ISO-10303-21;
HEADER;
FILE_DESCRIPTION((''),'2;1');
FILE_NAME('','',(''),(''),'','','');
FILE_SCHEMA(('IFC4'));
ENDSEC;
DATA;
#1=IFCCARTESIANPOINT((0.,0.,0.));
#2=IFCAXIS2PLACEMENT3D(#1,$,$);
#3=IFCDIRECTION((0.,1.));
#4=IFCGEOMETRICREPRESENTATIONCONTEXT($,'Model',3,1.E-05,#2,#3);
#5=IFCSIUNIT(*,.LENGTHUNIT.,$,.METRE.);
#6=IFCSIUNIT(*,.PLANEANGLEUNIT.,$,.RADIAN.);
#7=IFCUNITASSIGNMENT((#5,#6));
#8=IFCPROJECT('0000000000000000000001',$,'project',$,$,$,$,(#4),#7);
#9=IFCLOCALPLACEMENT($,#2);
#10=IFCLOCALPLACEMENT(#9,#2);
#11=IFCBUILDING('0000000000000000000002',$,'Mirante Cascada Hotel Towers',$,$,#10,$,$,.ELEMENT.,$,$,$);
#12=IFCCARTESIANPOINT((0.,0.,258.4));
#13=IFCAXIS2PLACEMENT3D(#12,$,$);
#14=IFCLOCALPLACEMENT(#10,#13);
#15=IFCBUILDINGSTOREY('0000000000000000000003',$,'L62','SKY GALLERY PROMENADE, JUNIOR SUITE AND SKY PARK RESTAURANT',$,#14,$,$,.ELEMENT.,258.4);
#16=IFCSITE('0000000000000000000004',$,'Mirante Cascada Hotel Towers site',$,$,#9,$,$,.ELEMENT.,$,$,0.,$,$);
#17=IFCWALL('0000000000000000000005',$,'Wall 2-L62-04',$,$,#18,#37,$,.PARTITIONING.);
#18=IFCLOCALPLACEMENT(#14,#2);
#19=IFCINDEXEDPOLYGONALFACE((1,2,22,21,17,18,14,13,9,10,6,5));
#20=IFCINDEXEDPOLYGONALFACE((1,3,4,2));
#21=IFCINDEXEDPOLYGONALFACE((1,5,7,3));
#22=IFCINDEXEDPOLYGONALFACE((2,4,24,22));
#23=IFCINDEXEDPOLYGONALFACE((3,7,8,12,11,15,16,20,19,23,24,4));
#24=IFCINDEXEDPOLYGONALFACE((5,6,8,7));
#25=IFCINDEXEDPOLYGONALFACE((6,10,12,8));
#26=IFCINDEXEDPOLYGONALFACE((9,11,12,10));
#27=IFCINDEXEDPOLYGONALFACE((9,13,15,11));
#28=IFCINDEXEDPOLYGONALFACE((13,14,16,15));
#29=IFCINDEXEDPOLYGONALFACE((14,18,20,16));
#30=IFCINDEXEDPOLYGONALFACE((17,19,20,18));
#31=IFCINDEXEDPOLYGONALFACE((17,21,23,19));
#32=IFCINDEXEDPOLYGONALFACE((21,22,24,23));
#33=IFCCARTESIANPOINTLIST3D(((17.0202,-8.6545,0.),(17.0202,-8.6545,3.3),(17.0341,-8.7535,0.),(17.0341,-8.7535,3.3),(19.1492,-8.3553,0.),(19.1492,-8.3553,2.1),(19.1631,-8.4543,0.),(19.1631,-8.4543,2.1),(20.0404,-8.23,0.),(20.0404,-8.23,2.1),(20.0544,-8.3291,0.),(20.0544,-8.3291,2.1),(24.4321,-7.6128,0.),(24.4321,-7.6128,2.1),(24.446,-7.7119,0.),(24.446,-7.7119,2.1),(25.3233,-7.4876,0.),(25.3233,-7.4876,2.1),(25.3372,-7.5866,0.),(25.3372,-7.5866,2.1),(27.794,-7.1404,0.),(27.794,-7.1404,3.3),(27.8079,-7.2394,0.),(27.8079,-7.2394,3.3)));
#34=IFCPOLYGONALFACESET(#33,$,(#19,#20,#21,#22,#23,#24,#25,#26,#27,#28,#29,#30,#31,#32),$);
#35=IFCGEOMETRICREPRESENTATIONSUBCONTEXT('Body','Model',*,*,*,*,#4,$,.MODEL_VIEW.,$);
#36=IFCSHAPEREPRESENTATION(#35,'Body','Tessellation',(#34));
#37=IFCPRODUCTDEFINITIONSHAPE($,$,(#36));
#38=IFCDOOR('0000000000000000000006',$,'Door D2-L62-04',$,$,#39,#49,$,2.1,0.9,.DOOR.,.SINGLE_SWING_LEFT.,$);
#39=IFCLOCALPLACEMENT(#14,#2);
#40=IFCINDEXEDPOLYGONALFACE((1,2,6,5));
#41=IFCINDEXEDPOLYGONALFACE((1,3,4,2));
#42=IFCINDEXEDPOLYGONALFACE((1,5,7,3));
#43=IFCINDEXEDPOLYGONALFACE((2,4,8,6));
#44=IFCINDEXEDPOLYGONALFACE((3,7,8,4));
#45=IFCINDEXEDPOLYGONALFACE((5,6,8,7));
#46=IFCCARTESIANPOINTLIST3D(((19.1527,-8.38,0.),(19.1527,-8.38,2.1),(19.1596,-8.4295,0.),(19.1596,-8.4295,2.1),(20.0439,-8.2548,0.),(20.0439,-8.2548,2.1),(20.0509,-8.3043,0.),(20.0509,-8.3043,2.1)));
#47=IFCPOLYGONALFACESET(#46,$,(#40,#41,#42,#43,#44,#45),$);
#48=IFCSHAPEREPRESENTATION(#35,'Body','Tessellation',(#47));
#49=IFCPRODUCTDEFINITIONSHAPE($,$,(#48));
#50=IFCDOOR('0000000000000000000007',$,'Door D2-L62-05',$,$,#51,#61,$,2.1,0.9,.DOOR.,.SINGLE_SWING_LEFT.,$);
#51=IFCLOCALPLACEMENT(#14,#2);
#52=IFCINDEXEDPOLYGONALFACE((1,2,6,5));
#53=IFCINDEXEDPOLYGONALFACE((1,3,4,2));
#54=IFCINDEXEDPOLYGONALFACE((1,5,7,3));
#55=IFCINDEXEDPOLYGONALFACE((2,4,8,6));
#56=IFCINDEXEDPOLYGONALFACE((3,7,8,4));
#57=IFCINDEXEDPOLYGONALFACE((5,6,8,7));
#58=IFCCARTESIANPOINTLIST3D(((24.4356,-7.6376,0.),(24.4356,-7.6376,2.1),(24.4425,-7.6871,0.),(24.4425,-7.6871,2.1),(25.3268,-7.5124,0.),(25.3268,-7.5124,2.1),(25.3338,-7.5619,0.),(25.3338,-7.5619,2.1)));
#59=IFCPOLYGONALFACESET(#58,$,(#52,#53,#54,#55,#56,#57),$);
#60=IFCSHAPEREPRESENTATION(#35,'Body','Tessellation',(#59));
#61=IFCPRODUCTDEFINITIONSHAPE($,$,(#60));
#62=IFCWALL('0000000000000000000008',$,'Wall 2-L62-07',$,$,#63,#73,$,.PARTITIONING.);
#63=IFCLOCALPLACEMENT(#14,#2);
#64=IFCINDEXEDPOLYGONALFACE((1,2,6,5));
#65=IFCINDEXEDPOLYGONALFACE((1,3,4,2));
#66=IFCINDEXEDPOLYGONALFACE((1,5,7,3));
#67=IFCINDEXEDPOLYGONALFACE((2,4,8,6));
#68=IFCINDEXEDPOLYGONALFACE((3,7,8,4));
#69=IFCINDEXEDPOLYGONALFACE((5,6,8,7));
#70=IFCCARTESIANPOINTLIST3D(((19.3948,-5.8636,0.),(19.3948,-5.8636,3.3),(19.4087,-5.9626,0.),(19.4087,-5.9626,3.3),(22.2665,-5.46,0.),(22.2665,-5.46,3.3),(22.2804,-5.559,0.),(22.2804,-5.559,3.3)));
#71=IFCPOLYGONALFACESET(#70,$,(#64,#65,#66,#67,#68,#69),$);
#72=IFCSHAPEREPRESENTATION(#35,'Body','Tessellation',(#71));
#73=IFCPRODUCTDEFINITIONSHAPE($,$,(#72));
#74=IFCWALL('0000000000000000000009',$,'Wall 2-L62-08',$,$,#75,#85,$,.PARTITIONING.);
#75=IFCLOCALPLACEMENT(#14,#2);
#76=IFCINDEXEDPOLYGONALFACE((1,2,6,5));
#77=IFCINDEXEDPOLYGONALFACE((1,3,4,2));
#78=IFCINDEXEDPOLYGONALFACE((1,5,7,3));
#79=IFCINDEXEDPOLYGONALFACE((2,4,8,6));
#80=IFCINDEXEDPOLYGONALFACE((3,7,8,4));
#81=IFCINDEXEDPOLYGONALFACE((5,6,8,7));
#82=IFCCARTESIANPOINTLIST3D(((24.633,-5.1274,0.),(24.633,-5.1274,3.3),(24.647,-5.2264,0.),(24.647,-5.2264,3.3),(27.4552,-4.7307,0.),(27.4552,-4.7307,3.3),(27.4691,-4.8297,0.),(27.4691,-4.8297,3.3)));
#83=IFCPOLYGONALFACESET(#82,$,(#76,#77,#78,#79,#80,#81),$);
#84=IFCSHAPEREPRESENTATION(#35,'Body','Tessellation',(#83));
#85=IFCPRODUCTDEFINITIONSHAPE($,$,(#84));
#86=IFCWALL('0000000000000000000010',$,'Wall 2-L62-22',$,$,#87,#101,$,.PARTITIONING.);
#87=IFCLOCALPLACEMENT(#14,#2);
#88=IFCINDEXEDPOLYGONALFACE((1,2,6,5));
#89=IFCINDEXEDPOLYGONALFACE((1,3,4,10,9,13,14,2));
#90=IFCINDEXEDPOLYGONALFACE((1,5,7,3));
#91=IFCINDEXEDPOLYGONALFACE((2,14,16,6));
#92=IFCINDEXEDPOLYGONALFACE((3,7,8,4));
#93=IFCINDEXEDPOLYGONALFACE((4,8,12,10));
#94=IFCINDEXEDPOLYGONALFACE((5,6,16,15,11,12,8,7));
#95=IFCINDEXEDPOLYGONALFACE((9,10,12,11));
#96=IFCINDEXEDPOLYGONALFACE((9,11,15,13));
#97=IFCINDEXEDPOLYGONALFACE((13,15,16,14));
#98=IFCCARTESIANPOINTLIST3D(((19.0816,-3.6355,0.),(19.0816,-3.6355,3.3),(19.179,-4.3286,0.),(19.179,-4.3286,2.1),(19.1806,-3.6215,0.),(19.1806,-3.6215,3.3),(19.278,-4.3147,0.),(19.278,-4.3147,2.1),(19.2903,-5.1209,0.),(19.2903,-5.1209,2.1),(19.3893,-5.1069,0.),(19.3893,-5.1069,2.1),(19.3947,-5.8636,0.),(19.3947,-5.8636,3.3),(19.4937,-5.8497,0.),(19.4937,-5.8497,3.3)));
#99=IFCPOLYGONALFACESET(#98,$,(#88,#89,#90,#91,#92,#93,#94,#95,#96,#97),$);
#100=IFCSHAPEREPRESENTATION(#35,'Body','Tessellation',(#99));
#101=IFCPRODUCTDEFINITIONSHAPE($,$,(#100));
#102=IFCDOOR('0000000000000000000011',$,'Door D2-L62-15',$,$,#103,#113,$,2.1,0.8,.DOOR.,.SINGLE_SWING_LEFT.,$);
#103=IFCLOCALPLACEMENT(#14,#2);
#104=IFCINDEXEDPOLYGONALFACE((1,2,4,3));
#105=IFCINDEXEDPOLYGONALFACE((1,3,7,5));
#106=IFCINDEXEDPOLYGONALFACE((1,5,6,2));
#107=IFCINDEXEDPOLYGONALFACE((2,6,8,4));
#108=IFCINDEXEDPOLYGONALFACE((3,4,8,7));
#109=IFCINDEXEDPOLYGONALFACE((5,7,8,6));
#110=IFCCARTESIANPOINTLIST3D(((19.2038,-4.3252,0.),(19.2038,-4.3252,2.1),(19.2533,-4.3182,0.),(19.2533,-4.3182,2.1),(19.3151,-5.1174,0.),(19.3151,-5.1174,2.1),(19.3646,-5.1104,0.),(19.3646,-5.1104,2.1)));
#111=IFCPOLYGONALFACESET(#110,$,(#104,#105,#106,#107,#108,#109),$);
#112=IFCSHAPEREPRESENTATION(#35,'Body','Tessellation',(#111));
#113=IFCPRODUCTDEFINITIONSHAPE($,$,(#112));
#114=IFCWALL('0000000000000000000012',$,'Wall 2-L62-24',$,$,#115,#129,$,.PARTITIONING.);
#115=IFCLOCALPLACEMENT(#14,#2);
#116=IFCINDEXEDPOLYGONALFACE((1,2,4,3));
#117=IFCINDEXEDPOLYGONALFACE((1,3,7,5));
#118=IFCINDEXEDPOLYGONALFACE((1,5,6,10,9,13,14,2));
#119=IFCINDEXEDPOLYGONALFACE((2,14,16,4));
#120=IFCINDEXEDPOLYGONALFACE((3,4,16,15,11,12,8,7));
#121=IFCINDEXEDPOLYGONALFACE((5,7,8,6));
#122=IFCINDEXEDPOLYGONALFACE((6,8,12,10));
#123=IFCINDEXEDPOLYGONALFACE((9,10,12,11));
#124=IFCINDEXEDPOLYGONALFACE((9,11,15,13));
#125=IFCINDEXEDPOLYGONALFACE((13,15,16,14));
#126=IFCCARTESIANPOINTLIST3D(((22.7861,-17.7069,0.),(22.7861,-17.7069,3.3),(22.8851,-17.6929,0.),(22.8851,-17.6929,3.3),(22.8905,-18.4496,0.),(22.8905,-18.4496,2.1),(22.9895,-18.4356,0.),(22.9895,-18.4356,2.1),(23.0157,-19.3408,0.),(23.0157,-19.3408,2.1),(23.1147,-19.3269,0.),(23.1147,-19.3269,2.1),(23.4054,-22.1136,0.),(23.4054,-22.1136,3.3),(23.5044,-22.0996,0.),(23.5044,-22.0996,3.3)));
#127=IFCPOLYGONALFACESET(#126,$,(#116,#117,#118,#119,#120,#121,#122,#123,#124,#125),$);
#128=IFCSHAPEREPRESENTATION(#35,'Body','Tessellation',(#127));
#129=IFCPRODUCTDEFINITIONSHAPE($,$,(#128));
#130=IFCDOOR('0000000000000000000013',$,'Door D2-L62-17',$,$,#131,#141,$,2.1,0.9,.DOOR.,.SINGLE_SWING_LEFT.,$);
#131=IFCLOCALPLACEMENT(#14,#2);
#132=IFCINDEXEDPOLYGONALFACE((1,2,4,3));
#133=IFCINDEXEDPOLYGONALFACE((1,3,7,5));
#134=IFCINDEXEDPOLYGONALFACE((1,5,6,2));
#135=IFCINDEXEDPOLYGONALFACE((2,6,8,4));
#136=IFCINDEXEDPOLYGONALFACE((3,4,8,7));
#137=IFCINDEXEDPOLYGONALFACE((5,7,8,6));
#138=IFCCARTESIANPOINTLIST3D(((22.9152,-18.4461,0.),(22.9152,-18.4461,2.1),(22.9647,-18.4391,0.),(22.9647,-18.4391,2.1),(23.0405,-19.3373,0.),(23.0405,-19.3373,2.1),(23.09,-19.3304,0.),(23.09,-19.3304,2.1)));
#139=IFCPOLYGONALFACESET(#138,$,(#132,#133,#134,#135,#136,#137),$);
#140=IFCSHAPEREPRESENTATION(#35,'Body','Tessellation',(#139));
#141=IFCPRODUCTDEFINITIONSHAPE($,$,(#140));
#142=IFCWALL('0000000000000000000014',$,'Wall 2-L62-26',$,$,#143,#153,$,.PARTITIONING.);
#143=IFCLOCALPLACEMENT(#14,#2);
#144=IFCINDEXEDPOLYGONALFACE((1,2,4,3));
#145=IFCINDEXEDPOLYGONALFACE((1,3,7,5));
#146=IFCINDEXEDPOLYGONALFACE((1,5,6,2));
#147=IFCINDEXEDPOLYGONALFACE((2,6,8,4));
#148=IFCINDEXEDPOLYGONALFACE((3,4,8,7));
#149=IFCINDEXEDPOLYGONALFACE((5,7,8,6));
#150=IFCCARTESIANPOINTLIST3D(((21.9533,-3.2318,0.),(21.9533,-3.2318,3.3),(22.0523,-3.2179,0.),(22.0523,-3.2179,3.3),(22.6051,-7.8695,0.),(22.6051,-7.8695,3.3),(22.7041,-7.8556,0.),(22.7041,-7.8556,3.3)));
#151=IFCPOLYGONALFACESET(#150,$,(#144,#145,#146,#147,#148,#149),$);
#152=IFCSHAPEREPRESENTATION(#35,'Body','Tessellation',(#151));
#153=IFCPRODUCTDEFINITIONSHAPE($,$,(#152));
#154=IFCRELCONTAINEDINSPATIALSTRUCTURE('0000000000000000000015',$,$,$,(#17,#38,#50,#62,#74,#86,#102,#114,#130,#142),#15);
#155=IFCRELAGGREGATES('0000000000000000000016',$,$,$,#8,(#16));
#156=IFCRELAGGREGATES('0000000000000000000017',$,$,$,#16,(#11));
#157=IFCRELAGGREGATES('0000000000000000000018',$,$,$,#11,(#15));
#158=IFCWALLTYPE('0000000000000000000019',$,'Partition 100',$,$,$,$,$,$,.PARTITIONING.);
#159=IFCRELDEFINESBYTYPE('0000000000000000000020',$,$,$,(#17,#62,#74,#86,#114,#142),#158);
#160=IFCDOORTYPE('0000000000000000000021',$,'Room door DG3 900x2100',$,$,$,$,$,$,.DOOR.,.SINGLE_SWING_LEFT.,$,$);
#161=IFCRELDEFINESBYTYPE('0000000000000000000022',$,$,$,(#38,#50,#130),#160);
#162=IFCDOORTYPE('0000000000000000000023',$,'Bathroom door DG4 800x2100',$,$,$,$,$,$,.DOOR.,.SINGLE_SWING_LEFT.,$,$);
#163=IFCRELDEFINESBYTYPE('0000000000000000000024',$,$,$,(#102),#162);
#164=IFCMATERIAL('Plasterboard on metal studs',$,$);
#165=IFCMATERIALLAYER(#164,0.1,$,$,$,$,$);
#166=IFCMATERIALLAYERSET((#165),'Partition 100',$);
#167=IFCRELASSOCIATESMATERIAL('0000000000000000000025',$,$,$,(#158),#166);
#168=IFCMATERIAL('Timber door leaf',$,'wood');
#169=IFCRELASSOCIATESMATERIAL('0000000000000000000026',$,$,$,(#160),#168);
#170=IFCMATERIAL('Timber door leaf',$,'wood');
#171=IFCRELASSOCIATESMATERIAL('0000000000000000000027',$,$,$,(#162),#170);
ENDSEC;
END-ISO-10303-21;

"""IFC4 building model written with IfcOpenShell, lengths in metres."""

from ifc_helpers import new_model, si_unit, direction, frame, frame_2d, origin, place, context, subcontext, project, spatial, rectangle, extrude, material, layer, layer_set, type_object, element, fill, save


model = new_model("IFC4")

# Units and contexts
model_context = context("Model", 3, precision=1e-05, world=origin(), true_north=direction((0.0, 1.0)))
body_context = subcontext(model_context, "Body", "Model", "MODEL_VIEW")
ifc_project = project(units=[si_unit("LENGTHUNIT", "METRE"), si_unit("PLANEANGLEUNIT", "RADIAN")], contexts=[model_context])

# Site, building, storey
site_placement = place(None, origin())
site = spatial("IfcSite", under=ifc_project, at=site_placement, Name="Mirante Cascada Hotel Towers site", CompositionType="ELEMENT", RefElevation=0.0)
building_placement = place(site_placement, origin())
building = spatial("IfcBuilding", under=site, at=building_placement, Name="Mirante Cascada Hotel Towers", CompositionType="ELEMENT")
storey_placement = place(building_placement, frame((0.0, 0.0, 258.4)))
storey = spatial("IfcBuildingStorey", under=building, at=storey_placement, Name="L62", Description="SKY GALLERY PROMENADE, JUNIOR SUITE AND SKY PARK RESTAURANT", CompositionType="ELEMENT", Elevation=258.4)

# Shared definitions
ifc_material_1 = material(Name="Plasterboard on metal studs")
ifc_layer_1 = layer(ifc_material_1, 0.1)
ifc_layer_set_1 = layer_set([ifc_layer_1], Name="Partition 100")
wall_type_1 = type_object("IfcWallType", Name="Partition 100", PredefinedType="PARTITIONING", material=ifc_layer_set_1)

# Wall, openings, doors
wall_1_placement = place(storey_placement, frame((27.8009, -7.1899, 0.0), z_axis=(0.0, 0.0, 1.0), x_axis=(-0.990269, -0.139168, 0.0)))
wall_1 = element("IfcWall", 1, at=wall_1_placement, inside=storey, type_object=wall_type_1, Name="Wall 2-L62-04", PredefinedType="PARTITIONING", context=body_context, shape_type="SweptSolid", body=[
    extrude(rectangle(XDim=10.8797, YDim=0.1, at=frame_2d((5.4398, 0.0))), origin(), (0.0, 0.0, 1.0), 3.3),
])
opening_1_placement = place(wall_1_placement, frame((7.8297, 0.0, 0.0)))
opening_1 = element("IfcOpeningElement", 2, at=opening_1_placement, cuts=wall_1, PredefinedType="OPENING", context=body_context, shape_type="SweptSolid", body=[
    extrude(rectangle(XDim=0.9, YDim=2.1, at=frame_2d((0.45, 1.05))), frame((0.0, 0.05, 0.0), z_axis=(0.0, -1.0, 0.0), x_axis=(1.0, 0.0, 0.0)), (0.0, 0.0, 1.0), 0.1),
])
opening_2_placement = place(wall_1_placement, frame((2.4949, 0.0, 0.0)))
opening_2 = element("IfcOpeningElement", 3, at=opening_2_placement, cuts=wall_1, PredefinedType="OPENING", context=body_context, shape_type="SweptSolid", body=[
    extrude(rectangle(XDim=0.9, YDim=2.1, at=frame_2d((0.45, 1.05))), frame((0.0, 0.05, 0.0), z_axis=(0.0, -1.0, 0.0), x_axis=(1.0, 0.0, 0.0)), (0.0, 0.0, 1.0), 0.1),
])
ifc_material_2 = material(Name="Timber door leaf", Category="wood")
door_type_1 = type_object("IfcDoorType", Name="Room door DG3 900x2100", OperationType="SINGLE_SWING_LEFT", PredefinedType="DOOR", material=ifc_material_2)
door_1_placement = place(opening_1_placement, origin())
door_1 = element("IfcDoor", 4, at=door_1_placement, inside=storey, type_object=door_type_1, Name="Door D2-L62-04", OperationType="SINGLE_SWING_LEFT", OverallHeight=2.1, OverallWidth=0.9, PredefinedType="DOOR", context=body_context, shape_type="SweptSolid", body=[
    extrude(rectangle(XDim=0.9, YDim=2.1, at=frame_2d((0.45, 1.05))), frame((0.0, 0.025, 0.0), z_axis=(0.0, -1.0, 0.0), x_axis=(1.0, 0.0, 0.0)), (0.0, 0.0, 1.0), 0.05),
])
fill(opening_1, door_1)
door_2_placement = place(opening_2_placement, origin())
door_2 = element("IfcDoor", 5, at=door_2_placement, inside=storey, type_object=door_type_1, Name="Door D2-L62-05", OperationType="SINGLE_SWING_LEFT", OverallHeight=2.1, OverallWidth=0.9, PredefinedType="DOOR", context=body_context, shape_type="SweptSolid", body=[
    extrude(rectangle(XDim=0.9, YDim=2.1, at=frame_2d((0.45, 1.05))), frame((0.0, 0.025, 0.0), z_axis=(0.0, -1.0, 0.0), x_axis=(1.0, 0.0, 0.0)), (0.0, 0.0, 1.0), 0.05),
])
fill(opening_2, door_2)

# Walls
wall_2_placement = place(storey_placement, frame((19.4017, -5.9131, 0.0), z_axis=(0.0, 0.0, 1.0), x_axis=(0.990268, 0.139176, 0.0)))
element("IfcWall", 6, at=wall_2_placement, inside=storey, type_object=wall_type_1, Name="Wall 2-L62-07", PredefinedType="PARTITIONING", context=body_context, shape_type="SweptSolid", body=[
    extrude(rectangle(XDim=2.8999, YDim=0.1, at=frame_2d((1.45, 0.0))), origin(), (0.0, 0.0, 1.0), 3.3),
])
wall_3_placement = place(storey_placement, frame((27.4622, -4.7802, 0.0), z_axis=(0.0, 0.0, 1.0), x_axis=(-0.990265, -0.139196, 0.0)))
element("IfcWall", 7, at=wall_3_placement, inside=storey, type_object=wall_type_1, Name="Wall 2-L62-08", PredefinedType="PARTITIONING", context=body_context, shape_type="SweptSolid", body=[
    extrude(rectangle(XDim=2.8499, YDim=0.1, at=frame_2d((1.425, 0.0))), origin(), (0.0, 0.0, 1.0), 3.3),
])

# Walls, openings, doors
wall_4_placement = place(storey_placement, frame((19.1311, -3.6285, 0.0), z_axis=(0.0, 0.0, 1.0), x_axis=(0.139156, -0.990271, 0.0)))
wall_4 = element("IfcWall", 8, at=wall_4_placement, inside=storey, type_object=wall_type_1, Name="Wall 2-L62-22", PredefinedType="PARTITIONING", context=body_context, shape_type="SweptSolid", body=[
    extrude(rectangle(XDim=2.25, YDim=0.1, at=frame_2d((1.125, 0.0))), origin(), (0.0, 0.0, 1.0), 3.3),
])
opening_3_placement = place(wall_4_placement, frame((0.7, 0.0, 0.0)))
opening_3 = element("IfcOpeningElement", 9, at=opening_3_placement, cuts=wall_4, PredefinedType="OPENING", context=body_context, shape_type="SweptSolid", body=[
    extrude(rectangle(XDim=0.8, YDim=2.1, at=frame_2d((0.4, 1.05))), frame((0.0, 0.05, 0.0), z_axis=(0.0, -1.0, 0.0), x_axis=(1.0, 0.0, 0.0)), (0.0, 0.0, 1.0), 0.1),
])
ifc_material_3 = material(Name="Timber door leaf", Category="wood")
door_type_2 = type_object("IfcDoorType", Name="Bathroom door DG4 800x2100", OperationType="SINGLE_SWING_LEFT", PredefinedType="DOOR", material=ifc_material_3)
door_3_placement = place(opening_3_placement, origin())
door_3 = element("IfcDoor", 10, at=door_3_placement, inside=storey, type_object=door_type_2, Name="Door D2-L62-15", OperationType="SINGLE_SWING_LEFT", OverallHeight=2.1, OverallWidth=0.8, PredefinedType="DOOR", context=body_context, shape_type="SweptSolid", body=[
    extrude(rectangle(XDim=0.8, YDim=2.1, at=frame_2d((0.4, 1.05))), frame((0.0, 0.025, 0.0), z_axis=(0.0, -1.0, 0.0), x_axis=(1.0, 0.0, 0.0)), (0.0, 0.0, 1.0), 0.05),
])
fill(opening_3, door_3)
wall_5_placement = place(storey_placement, frame((22.8356, -17.6999, 0.0), z_axis=(0.0, 0.0, 1.0), x_axis=(0.139168, -0.990269, 0.0)))
wall_5 = element("IfcWall", 11, at=wall_5_placement, inside=storey, type_object=wall_type_1, Name="Wall 2-L62-24", PredefinedType="PARTITIONING", context=body_context, shape_type="SweptSolid", body=[
    extrude(rectangle(XDim=4.45, YDim=0.1, at=frame_2d((2.225, 0.0))), origin(), (0.0, 0.0, 1.0), 3.3),
])
opening_4_placement = place(wall_5_placement, frame((0.75, 0.0, 0.0)))
opening_4 = element("IfcOpeningElement", 12, at=opening_4_placement, cuts=wall_5, PredefinedType="OPENING", context=body_context, shape_type="SweptSolid", body=[
    extrude(rectangle(XDim=0.9, YDim=2.1, at=frame_2d((0.45, 1.05))), frame((0.0, 0.05, 0.0), z_axis=(0.0, -1.0, 0.0), x_axis=(1.0, 0.0, 0.0)), (0.0, 0.0, 1.0), 0.1),
])
door_4_placement = place(opening_4_placement, origin())
door_4 = element("IfcDoor", 13, at=door_4_placement, inside=storey, type_object=door_type_1, Name="Door D2-L62-17", OperationType="SINGLE_SWING_LEFT", OverallHeight=2.1, OverallWidth=0.9, PredefinedType="DOOR", context=body_context, shape_type="SweptSolid", body=[
    extrude(rectangle(XDim=0.9, YDim=2.1, at=frame_2d((0.45, 1.05))), frame((0.0, 0.025, 0.0), z_axis=(0.0, -1.0, 0.0), x_axis=(1.0, 0.0, 0.0)), (0.0, 0.0, 1.0), 0.05),
])
fill(opening_4, door_4)

# Wall
wall_6_placement = place(storey_placement, frame((22.0028, -3.2249, 0.0), z_axis=(0.0, 0.0, 1.0), x_axis=(0.139176, -0.990268, 0.0)))
element("IfcWall", 14, at=wall_6_placement, inside=storey, type_object=wall_type_1, Name="Wall 2-L62-26", PredefinedType="PARTITIONING", context=body_context, shape_type="SweptSolid", body=[
    extrude(rectangle(XDim=4.6833, YDim=0.1, at=frame_2d((2.3416, 0.0))), origin(), (0.0, 0.0, 1.0), 3.3),
])

save(model, "model.ifc")
